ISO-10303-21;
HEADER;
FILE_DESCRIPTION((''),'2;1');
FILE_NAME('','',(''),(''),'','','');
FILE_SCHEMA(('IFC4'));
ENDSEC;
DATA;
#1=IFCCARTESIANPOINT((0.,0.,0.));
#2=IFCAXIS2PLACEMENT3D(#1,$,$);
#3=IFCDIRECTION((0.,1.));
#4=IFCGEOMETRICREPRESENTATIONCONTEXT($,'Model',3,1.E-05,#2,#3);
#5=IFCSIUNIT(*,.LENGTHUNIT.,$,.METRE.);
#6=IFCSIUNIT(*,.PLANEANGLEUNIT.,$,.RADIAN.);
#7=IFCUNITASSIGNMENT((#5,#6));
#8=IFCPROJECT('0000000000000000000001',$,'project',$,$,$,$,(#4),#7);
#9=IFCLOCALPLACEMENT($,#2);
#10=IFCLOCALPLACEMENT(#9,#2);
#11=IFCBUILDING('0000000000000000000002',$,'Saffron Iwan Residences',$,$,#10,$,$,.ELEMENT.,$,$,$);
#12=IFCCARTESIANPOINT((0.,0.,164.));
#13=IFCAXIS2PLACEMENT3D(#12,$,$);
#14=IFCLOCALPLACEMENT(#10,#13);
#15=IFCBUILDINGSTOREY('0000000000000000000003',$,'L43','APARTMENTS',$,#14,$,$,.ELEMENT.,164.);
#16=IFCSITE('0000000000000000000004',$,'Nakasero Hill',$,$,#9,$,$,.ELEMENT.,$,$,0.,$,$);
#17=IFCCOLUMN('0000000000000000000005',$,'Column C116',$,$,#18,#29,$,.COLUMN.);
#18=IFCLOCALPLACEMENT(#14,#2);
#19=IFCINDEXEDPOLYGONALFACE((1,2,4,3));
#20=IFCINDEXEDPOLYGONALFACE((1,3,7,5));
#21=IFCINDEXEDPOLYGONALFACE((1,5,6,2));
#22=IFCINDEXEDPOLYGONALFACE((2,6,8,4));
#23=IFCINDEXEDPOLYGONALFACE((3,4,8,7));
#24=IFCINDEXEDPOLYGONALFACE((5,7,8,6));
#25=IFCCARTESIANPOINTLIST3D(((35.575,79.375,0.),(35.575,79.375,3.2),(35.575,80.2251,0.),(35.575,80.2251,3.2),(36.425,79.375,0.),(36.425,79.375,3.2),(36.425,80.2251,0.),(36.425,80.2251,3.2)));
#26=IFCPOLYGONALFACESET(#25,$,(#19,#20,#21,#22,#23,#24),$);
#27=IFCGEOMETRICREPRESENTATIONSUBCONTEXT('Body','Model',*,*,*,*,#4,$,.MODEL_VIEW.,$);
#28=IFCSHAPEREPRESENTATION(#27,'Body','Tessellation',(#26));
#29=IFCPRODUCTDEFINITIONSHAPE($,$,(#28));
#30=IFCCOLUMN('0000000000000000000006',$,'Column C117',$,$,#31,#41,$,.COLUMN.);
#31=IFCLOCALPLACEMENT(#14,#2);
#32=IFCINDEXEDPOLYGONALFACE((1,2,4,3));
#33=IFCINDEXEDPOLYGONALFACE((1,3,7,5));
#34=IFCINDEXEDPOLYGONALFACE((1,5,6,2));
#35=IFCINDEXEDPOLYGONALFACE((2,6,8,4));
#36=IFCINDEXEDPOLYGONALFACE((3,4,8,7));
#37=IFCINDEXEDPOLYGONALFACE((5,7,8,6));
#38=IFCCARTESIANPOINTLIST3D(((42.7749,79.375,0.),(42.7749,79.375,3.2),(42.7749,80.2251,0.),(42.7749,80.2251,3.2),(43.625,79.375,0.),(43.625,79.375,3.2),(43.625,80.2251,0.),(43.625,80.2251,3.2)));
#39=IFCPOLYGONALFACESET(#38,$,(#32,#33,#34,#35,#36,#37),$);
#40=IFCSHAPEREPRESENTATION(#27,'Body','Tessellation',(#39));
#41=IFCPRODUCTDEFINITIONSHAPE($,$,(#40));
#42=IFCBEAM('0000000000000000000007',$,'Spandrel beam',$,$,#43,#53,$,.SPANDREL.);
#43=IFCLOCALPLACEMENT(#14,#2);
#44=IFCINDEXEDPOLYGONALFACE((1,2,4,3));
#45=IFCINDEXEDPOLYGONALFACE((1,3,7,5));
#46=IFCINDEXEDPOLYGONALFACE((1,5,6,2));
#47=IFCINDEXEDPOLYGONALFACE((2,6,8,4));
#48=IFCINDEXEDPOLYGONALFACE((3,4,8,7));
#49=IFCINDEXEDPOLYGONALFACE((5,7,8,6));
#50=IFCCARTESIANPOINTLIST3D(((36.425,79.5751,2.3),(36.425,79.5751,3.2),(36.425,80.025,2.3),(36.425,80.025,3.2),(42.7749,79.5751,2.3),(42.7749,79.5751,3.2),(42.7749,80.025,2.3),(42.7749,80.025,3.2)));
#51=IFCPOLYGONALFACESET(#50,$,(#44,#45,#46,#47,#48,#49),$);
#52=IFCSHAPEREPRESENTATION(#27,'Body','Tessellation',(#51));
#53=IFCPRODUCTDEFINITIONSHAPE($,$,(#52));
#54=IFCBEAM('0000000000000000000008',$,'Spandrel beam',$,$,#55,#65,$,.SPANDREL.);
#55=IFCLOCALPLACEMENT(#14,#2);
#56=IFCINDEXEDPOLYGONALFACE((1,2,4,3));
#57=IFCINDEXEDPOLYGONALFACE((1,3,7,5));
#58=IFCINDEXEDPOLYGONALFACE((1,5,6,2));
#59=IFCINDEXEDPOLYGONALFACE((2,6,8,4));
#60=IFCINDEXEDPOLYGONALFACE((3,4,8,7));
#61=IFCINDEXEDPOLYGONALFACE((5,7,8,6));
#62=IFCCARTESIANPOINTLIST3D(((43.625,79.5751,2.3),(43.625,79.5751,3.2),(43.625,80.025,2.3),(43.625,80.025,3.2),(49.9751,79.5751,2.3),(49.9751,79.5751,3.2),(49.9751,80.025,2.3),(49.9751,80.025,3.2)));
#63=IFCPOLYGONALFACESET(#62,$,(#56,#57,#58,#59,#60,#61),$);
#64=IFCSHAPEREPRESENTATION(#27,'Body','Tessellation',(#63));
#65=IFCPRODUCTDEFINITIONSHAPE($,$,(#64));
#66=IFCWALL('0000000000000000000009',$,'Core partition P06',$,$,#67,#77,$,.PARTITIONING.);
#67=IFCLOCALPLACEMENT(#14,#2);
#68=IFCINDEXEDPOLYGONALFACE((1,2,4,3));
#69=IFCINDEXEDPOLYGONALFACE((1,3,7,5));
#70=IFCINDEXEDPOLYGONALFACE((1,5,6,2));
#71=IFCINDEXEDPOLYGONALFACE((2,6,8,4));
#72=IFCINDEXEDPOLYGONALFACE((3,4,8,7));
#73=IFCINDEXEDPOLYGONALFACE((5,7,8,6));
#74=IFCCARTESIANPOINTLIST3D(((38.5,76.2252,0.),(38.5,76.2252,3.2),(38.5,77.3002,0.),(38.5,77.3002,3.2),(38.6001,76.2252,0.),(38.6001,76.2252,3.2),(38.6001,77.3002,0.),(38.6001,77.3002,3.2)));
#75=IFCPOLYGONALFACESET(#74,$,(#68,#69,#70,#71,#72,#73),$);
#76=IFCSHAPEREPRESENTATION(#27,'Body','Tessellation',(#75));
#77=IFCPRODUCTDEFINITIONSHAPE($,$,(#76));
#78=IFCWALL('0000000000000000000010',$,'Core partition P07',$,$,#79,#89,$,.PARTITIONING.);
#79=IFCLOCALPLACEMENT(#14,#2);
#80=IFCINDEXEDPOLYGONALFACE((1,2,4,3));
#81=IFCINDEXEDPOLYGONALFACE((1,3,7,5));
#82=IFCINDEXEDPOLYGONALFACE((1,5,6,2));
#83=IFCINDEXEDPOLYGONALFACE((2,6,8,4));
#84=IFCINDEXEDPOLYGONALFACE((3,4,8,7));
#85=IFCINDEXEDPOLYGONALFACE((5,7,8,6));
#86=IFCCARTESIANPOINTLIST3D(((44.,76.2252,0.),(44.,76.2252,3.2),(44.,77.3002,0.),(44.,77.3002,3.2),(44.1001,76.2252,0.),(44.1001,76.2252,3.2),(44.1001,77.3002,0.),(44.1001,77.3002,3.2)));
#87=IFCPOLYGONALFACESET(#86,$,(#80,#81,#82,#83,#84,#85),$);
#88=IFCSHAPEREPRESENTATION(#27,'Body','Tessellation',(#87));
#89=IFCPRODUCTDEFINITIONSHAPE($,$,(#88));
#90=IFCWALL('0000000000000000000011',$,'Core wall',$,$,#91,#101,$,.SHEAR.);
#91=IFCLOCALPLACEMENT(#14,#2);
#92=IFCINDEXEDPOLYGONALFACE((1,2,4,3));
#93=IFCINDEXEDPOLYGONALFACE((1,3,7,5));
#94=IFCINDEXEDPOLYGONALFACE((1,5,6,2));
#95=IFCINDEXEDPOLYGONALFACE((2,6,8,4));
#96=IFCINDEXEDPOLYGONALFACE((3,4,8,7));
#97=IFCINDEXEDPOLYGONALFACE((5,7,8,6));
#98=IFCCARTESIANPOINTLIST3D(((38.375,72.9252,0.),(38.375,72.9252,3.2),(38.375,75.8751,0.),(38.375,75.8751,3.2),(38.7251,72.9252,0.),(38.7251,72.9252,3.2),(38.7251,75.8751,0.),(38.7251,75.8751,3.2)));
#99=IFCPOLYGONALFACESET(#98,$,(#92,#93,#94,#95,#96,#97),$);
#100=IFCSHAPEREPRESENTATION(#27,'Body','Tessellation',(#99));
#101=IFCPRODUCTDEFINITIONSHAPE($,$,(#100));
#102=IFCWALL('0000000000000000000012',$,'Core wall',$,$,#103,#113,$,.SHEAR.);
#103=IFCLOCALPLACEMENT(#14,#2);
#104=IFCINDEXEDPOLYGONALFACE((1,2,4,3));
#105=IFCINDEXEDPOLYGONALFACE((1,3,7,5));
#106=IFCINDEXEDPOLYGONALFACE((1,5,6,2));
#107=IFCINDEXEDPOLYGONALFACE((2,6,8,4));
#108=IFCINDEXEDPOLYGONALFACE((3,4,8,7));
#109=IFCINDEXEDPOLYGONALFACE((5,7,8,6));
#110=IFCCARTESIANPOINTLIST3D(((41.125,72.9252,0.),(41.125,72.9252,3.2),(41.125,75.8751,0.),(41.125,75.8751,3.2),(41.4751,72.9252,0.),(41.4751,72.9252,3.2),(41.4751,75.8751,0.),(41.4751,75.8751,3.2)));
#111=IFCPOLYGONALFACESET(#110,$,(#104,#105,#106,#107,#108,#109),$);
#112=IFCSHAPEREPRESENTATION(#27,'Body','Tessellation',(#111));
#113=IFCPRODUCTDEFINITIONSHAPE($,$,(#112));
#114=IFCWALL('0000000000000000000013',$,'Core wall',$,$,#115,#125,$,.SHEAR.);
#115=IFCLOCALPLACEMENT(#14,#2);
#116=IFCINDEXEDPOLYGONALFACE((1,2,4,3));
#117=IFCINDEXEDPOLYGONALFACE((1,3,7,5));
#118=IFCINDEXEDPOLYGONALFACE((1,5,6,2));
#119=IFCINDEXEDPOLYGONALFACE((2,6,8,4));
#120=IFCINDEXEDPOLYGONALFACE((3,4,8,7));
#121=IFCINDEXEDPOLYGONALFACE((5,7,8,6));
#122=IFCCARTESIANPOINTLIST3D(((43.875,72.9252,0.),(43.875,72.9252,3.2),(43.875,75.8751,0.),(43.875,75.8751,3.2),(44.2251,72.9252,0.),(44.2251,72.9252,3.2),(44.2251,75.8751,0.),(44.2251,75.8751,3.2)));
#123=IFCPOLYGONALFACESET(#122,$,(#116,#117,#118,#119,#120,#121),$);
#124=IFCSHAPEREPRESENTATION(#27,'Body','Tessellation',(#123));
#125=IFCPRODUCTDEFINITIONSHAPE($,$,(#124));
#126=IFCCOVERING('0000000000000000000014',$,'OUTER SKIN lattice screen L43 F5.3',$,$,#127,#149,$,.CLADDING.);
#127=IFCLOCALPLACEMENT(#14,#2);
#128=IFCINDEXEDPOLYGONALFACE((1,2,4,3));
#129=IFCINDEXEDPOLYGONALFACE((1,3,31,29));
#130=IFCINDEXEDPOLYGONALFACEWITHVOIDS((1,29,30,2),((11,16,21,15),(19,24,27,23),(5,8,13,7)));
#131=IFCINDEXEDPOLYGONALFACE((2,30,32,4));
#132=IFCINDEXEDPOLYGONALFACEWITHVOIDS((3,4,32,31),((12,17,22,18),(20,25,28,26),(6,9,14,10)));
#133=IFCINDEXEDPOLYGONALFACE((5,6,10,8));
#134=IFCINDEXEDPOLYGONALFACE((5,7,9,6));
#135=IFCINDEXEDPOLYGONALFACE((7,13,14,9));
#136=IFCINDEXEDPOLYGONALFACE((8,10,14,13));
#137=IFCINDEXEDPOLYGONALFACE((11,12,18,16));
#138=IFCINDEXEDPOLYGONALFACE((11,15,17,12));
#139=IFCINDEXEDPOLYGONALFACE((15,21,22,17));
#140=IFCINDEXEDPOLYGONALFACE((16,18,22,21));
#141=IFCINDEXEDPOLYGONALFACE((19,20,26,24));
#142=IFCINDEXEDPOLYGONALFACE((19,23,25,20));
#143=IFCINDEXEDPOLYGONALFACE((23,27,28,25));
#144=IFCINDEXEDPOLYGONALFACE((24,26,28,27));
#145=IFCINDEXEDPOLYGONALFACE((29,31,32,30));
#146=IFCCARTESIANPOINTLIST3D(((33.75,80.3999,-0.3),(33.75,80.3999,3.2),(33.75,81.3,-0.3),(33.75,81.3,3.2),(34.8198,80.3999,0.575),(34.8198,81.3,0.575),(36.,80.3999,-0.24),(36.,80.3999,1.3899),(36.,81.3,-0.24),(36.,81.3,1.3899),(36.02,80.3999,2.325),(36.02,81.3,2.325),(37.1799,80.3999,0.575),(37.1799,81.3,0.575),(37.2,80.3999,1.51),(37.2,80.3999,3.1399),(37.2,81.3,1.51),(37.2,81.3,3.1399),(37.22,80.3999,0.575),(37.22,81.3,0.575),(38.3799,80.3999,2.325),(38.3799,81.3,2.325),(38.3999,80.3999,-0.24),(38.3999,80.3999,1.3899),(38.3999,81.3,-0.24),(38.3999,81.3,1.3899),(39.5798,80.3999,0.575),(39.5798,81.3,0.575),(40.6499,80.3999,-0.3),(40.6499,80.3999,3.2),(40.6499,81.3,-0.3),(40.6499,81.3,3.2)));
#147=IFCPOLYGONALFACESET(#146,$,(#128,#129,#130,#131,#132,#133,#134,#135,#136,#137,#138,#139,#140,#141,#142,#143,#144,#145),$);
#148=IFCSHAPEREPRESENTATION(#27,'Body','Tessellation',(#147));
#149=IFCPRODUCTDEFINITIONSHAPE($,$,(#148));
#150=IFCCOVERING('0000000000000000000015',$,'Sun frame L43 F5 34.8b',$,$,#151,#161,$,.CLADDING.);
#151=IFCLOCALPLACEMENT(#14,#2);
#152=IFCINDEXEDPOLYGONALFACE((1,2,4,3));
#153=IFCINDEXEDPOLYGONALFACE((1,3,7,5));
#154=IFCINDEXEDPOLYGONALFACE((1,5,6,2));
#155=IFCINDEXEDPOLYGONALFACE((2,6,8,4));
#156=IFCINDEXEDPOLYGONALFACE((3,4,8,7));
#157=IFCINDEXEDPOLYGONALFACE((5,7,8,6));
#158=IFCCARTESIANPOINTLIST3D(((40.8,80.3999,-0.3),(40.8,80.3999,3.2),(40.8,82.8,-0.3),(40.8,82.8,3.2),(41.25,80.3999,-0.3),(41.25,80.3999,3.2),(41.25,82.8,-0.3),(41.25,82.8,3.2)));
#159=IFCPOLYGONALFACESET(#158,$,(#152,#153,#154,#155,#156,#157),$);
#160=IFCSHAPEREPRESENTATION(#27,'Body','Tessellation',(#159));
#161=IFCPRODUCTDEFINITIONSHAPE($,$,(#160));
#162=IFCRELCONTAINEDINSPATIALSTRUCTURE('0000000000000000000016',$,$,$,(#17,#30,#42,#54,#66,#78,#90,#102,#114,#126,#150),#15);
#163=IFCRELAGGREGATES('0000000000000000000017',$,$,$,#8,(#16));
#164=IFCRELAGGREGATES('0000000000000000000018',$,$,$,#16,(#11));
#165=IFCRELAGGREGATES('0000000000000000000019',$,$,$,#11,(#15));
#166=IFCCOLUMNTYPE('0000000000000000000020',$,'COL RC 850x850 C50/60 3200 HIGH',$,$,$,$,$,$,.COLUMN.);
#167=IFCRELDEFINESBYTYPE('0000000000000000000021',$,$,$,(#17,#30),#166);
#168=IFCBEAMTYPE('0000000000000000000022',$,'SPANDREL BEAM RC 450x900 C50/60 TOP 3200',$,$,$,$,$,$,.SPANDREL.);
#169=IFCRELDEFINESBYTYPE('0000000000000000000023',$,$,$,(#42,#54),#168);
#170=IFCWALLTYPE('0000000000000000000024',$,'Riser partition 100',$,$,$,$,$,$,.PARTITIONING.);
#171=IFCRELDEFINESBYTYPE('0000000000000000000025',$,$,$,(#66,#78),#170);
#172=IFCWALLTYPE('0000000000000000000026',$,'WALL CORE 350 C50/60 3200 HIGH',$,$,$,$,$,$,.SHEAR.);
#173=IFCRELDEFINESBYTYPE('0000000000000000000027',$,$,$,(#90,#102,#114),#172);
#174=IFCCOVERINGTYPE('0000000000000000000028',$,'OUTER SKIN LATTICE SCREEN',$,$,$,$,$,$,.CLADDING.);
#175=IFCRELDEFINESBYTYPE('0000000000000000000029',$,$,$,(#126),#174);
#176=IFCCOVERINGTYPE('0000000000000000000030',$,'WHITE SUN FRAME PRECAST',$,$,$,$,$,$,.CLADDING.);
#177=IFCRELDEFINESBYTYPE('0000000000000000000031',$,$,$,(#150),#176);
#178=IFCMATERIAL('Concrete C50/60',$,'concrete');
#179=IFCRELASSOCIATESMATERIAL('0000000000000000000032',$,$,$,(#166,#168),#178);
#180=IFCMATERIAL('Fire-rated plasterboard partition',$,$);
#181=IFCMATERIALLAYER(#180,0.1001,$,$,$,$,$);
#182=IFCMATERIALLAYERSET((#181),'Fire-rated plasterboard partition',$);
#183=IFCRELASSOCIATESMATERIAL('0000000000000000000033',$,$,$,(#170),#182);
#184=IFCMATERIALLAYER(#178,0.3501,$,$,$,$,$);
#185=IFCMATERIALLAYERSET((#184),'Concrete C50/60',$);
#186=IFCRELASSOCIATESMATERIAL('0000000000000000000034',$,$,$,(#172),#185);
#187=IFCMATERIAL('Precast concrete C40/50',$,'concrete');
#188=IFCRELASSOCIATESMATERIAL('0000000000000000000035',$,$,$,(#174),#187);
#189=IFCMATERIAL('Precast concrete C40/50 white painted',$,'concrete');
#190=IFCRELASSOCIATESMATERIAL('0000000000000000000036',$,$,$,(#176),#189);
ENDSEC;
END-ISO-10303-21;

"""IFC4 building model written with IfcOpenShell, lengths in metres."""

from ifc_helpers import new_model, si_unit, direction, frame, frame_2d, origin, origin_2d, place, context, subcontext, project, spatial, polyline, rectangle, outline, extrude, source, transform, mapped, material, layer, layer_set, material_profile, profile_set, type_object, element, save


model = new_model("IFC4")

# Units and contexts
model_context = context("Model", 3, precision=1e-05, world=origin(), true_north=direction((0.0, 1.0)))
body_context = subcontext(model_context, "Body", "Model", "MODEL_VIEW")
ifc_project = project(units=[si_unit("LENGTHUNIT", "METRE"), si_unit("PLANEANGLEUNIT", "RADIAN")], contexts=[model_context])

# Site, building, storey
site_placement = place(None, origin())
site = spatial("IfcSite", under=ifc_project, at=site_placement, Name="Nakasero Hill", CompositionType="ELEMENT", RefElevation=0.0)
building_placement = place(site_placement, origin())
building = spatial("IfcBuilding", under=site, at=building_placement, Name="Saffron Iwan Residences", CompositionType="ELEMENT")
storey_placement = place(building_placement, frame((0.0, 0.0, 164.0)))
storey = spatial("IfcBuildingStorey", under=building, at=storey_placement, Name="L43", Description="APARTMENTS", CompositionType="ELEMENT", Elevation=164.0)

# Columns
ifc_material_1 = material(Name="Concrete C50/60", Category="concrete")
ifc_material_profile_1 = material_profile(ifc_material_1, rectangle(XDim=0.8501, YDim=0.8501, at=origin_2d()), Name="RC 850x850")
ifc_profile_set_1 = profile_set([ifc_material_profile_1], Name="Concrete C50/60")
column_type = type_object("IfcColumnType", Name="COL RC 850x850 C50/60 3200 HIGH", PredefinedType="COLUMN", material=ifc_profile_set_1)
shared_shape_1 = source(origin(), body_context, "Body", "SweptSolid", [
    extrude(rectangle(XDim=0.8501, YDim=0.8501, at=origin_2d()), origin(), (0.0, 0.0, 1.0), 3.2),
])
for number, where, z_axis, x_axis, name in (
    (1, (36.0, 79.8, 0.0), (0.0, 0.0, 1.0), (1.0, 0.0, 0.0), "Column C116"),
    (2, (43.2, 79.8, 0.0), (0.0, 0.0, 1.0), (1.0, 0.0, 0.0), "Column C117"),
):
    element("IfcColumn", number, at=place(storey_placement, frame(where, z_axis=z_axis, x_axis=x_axis)), inside=storey, type_object=column_type, Name=name, PredefinedType="COLUMN", context=body_context, shape_type="MappedRepresentation", body=[
        mapped(shared_shape_1, transform((0.0, 0.0, 0.0))),
    ])

# Beams
ifc_material_profile_2 = material_profile(ifc_material_1, rectangle(XDim=0.45, YDim=0.8999, at=origin_2d()), Name="RC 450x900")
ifc_profile_set_2 = profile_set([ifc_material_profile_2], Name="Concrete C50/60")
beam_type = type_object("IfcBeamType", Name="SPANDREL BEAM RC 450x900 C50/60 TOP 3200", PredefinedType="SPANDREL", material=ifc_profile_set_2)
shared_shape_2 = source(origin(), body_context, "Body", "SweptSolid", [
    extrude(rectangle(XDim=0.45, YDim=0.8999, at=origin_2d()), origin(), (0.0, 0.0, 1.0), 6.3499),
])
beam_1_placement = place(storey_placement, frame((36.425, 79.8, 2.75), z_axis=(1.0, 0.0, 0.0), x_axis=(0.0, 1.0, 0.0)))
element("IfcBeam", 3, at=beam_1_placement, inside=storey, type_object=beam_type, Name="Spandrel beam", PredefinedType="SPANDREL", context=body_context, shape_type="MappedRepresentation", body=[
    mapped(shared_shape_2, transform((0.0, 0.0, 0.0))),
])
shared_shape_3 = source(origin(), body_context, "Body", "SweptSolid", [
    extrude(rectangle(XDim=0.45, YDim=0.8999, at=origin_2d()), origin(), (0.0, 0.0, 1.0), 6.3501),
])
beam_2_placement = place(storey_placement, frame((43.625, 79.8, 2.75), z_axis=(1.0, 0.0, 0.0), x_axis=(0.0, 1.0, 0.0)))
element("IfcBeam", 4, at=beam_2_placement, inside=storey, type_object=beam_type, Name="Spandrel beam", PredefinedType="SPANDREL", context=body_context, shape_type="MappedRepresentation", body=[
    mapped(shared_shape_3, transform((0.0, 0.0, 0.0))),
])

# Walls
ifc_material_2 = material(Name="Fire-rated plasterboard partition")
ifc_layer_1 = layer(ifc_material_2, 0.1001)
ifc_layer_set_1 = layer_set([ifc_layer_1], Name="Fire-rated plasterboard partition")
wall_type_1 = type_object("IfcWallType", Name="Riser partition 100", PredefinedType="PARTITIONING", material=ifc_layer_set_1)
for number, where, z_axis, x_axis, name in (
    (5, (38.55, 76.2251, 0.0), (0.0, 0.0, 1.0), (0.0, 1.0, 0.0), "Core partition P06"),
    (6, (44.05, 76.2251, 0.0), (0.0, 0.0, 1.0), (0.0, 1.0, 0.0), "Core partition P07"),
):
    element("IfcWall", number, at=place(storey_placement, frame(where, z_axis=z_axis, x_axis=x_axis)), inside=storey, type_object=wall_type_1, Name=name, PredefinedType="PARTITIONING", context=body_context, shape_type="SweptSolid", body=[
        extrude(rectangle(XDim=1.075, YDim=0.1001, at=frame_2d((0.5376, 0.0))), origin(), (0.0, 0.0, 1.0), 3.2),
    ])
ifc_layer_2 = layer(ifc_material_1, 0.3501)
ifc_layer_set_2 = layer_set([ifc_layer_2], Name="Concrete C50/60")
wall_type_2 = type_object("IfcWallType", Name="WALL CORE 350 C50/60 3200 HIGH", PredefinedType="SHEAR", material=ifc_layer_set_2)
for number, where, z_axis, x_axis, name in (
    (7, (38.55, 72.925, 0.0), (0.0, 0.0, 1.0), (0.0, 1.0, 0.0), "Core wall"),
    (8, (41.3, 72.925, 0.0), (0.0, 0.0, 1.0), (0.0, 1.0, 0.0), "Core wall"),
    (9, (44.05, 72.925, 0.0), (0.0, 0.0, 1.0), (0.0, 1.0, 0.0), "Core wall"),
):
    element("IfcWall", number, at=place(storey_placement, frame(where, z_axis=z_axis, x_axis=x_axis)), inside=storey, type_object=wall_type_2, Name=name, PredefinedType="SHEAR", context=body_context, shape_type="SweptSolid", body=[
        extrude(rectangle(XDim=2.95, YDim=0.3501, at=frame_2d((1.4751, 0.0))), origin(), (0.0, 0.0, 1.0), 3.2),
    ])

# Coverings
ifc_material_3 = material(Name="Precast concrete C40/50", Category="concrete")
covering_type_1 = type_object("IfcCoveringType", Name="OUTER SKIN LATTICE SCREEN", PredefinedType="CLADDING", material=ifc_material_3)
covering_1_placement = place(storey_placement, frame((40.6499, 80.3999, -0.3), z_axis=(0.0, 1.0, 0.0), x_axis=(-1.0, 0.0, 0.0)))
element("IfcCovering", 10, at=covering_1_placement, inside=storey, type_object=covering_type_1, Name="OUTER SKIN lattice screen L43 F5.3", PredefinedType="CLADDING", context=body_context, shape_type="SweptSolid", body=[
    extrude(outline(polyline([(0.0, 0.0), (6.8999, 0.0), (6.8999, 3.5), (0.0, 3.5), (0.0, 0.0)]), holes=[polyline([(1.0701, 0.875), (2.25, 0.0601), (3.4299, 0.875), (2.25, 1.6899), (1.0701, 0.875)]), polyline([(3.47, 0.875), (4.6499, 0.0601), (5.8301, 0.875), (4.6499, 1.6899), (3.47, 0.875)]), polyline([(2.27, 2.625), (3.45, 1.8101), (4.6299, 2.625), (3.45, 3.4399), (2.27, 2.625)])]), origin(), (0.0, 0.0, 1.0), 0.9001),
])
ifc_material_4 = material(Name="Precast concrete C40/50 white painted", Category="concrete")
covering_type_2 = type_object("IfcCoveringType", Name="WHITE SUN FRAME PRECAST", PredefinedType="CLADDING", material=ifc_material_4)
covering_2_placement = place(storey_placement, frame((41.25, 80.3999, -0.3), z_axis=(0.0, 1.0, 0.0), x_axis=(-1.0, 0.0, 0.0)))
element("IfcCovering", 11, at=covering_2_placement, inside=storey, type_object=covering_type_2, Name="Sun frame L43 F5 34.8b", PredefinedType="CLADDING", context=body_context, shape_type="SweptSolid", body=[
    extrude(outline(polyline([(0.0, 0.0), (0.45, 0.0), (0.45, 3.5), (0.0, 3.5), (0.0, 0.0)])), origin(), (0.0, 0.0, 1.0), 2.4001),
])

save(model, "model.ifc")
